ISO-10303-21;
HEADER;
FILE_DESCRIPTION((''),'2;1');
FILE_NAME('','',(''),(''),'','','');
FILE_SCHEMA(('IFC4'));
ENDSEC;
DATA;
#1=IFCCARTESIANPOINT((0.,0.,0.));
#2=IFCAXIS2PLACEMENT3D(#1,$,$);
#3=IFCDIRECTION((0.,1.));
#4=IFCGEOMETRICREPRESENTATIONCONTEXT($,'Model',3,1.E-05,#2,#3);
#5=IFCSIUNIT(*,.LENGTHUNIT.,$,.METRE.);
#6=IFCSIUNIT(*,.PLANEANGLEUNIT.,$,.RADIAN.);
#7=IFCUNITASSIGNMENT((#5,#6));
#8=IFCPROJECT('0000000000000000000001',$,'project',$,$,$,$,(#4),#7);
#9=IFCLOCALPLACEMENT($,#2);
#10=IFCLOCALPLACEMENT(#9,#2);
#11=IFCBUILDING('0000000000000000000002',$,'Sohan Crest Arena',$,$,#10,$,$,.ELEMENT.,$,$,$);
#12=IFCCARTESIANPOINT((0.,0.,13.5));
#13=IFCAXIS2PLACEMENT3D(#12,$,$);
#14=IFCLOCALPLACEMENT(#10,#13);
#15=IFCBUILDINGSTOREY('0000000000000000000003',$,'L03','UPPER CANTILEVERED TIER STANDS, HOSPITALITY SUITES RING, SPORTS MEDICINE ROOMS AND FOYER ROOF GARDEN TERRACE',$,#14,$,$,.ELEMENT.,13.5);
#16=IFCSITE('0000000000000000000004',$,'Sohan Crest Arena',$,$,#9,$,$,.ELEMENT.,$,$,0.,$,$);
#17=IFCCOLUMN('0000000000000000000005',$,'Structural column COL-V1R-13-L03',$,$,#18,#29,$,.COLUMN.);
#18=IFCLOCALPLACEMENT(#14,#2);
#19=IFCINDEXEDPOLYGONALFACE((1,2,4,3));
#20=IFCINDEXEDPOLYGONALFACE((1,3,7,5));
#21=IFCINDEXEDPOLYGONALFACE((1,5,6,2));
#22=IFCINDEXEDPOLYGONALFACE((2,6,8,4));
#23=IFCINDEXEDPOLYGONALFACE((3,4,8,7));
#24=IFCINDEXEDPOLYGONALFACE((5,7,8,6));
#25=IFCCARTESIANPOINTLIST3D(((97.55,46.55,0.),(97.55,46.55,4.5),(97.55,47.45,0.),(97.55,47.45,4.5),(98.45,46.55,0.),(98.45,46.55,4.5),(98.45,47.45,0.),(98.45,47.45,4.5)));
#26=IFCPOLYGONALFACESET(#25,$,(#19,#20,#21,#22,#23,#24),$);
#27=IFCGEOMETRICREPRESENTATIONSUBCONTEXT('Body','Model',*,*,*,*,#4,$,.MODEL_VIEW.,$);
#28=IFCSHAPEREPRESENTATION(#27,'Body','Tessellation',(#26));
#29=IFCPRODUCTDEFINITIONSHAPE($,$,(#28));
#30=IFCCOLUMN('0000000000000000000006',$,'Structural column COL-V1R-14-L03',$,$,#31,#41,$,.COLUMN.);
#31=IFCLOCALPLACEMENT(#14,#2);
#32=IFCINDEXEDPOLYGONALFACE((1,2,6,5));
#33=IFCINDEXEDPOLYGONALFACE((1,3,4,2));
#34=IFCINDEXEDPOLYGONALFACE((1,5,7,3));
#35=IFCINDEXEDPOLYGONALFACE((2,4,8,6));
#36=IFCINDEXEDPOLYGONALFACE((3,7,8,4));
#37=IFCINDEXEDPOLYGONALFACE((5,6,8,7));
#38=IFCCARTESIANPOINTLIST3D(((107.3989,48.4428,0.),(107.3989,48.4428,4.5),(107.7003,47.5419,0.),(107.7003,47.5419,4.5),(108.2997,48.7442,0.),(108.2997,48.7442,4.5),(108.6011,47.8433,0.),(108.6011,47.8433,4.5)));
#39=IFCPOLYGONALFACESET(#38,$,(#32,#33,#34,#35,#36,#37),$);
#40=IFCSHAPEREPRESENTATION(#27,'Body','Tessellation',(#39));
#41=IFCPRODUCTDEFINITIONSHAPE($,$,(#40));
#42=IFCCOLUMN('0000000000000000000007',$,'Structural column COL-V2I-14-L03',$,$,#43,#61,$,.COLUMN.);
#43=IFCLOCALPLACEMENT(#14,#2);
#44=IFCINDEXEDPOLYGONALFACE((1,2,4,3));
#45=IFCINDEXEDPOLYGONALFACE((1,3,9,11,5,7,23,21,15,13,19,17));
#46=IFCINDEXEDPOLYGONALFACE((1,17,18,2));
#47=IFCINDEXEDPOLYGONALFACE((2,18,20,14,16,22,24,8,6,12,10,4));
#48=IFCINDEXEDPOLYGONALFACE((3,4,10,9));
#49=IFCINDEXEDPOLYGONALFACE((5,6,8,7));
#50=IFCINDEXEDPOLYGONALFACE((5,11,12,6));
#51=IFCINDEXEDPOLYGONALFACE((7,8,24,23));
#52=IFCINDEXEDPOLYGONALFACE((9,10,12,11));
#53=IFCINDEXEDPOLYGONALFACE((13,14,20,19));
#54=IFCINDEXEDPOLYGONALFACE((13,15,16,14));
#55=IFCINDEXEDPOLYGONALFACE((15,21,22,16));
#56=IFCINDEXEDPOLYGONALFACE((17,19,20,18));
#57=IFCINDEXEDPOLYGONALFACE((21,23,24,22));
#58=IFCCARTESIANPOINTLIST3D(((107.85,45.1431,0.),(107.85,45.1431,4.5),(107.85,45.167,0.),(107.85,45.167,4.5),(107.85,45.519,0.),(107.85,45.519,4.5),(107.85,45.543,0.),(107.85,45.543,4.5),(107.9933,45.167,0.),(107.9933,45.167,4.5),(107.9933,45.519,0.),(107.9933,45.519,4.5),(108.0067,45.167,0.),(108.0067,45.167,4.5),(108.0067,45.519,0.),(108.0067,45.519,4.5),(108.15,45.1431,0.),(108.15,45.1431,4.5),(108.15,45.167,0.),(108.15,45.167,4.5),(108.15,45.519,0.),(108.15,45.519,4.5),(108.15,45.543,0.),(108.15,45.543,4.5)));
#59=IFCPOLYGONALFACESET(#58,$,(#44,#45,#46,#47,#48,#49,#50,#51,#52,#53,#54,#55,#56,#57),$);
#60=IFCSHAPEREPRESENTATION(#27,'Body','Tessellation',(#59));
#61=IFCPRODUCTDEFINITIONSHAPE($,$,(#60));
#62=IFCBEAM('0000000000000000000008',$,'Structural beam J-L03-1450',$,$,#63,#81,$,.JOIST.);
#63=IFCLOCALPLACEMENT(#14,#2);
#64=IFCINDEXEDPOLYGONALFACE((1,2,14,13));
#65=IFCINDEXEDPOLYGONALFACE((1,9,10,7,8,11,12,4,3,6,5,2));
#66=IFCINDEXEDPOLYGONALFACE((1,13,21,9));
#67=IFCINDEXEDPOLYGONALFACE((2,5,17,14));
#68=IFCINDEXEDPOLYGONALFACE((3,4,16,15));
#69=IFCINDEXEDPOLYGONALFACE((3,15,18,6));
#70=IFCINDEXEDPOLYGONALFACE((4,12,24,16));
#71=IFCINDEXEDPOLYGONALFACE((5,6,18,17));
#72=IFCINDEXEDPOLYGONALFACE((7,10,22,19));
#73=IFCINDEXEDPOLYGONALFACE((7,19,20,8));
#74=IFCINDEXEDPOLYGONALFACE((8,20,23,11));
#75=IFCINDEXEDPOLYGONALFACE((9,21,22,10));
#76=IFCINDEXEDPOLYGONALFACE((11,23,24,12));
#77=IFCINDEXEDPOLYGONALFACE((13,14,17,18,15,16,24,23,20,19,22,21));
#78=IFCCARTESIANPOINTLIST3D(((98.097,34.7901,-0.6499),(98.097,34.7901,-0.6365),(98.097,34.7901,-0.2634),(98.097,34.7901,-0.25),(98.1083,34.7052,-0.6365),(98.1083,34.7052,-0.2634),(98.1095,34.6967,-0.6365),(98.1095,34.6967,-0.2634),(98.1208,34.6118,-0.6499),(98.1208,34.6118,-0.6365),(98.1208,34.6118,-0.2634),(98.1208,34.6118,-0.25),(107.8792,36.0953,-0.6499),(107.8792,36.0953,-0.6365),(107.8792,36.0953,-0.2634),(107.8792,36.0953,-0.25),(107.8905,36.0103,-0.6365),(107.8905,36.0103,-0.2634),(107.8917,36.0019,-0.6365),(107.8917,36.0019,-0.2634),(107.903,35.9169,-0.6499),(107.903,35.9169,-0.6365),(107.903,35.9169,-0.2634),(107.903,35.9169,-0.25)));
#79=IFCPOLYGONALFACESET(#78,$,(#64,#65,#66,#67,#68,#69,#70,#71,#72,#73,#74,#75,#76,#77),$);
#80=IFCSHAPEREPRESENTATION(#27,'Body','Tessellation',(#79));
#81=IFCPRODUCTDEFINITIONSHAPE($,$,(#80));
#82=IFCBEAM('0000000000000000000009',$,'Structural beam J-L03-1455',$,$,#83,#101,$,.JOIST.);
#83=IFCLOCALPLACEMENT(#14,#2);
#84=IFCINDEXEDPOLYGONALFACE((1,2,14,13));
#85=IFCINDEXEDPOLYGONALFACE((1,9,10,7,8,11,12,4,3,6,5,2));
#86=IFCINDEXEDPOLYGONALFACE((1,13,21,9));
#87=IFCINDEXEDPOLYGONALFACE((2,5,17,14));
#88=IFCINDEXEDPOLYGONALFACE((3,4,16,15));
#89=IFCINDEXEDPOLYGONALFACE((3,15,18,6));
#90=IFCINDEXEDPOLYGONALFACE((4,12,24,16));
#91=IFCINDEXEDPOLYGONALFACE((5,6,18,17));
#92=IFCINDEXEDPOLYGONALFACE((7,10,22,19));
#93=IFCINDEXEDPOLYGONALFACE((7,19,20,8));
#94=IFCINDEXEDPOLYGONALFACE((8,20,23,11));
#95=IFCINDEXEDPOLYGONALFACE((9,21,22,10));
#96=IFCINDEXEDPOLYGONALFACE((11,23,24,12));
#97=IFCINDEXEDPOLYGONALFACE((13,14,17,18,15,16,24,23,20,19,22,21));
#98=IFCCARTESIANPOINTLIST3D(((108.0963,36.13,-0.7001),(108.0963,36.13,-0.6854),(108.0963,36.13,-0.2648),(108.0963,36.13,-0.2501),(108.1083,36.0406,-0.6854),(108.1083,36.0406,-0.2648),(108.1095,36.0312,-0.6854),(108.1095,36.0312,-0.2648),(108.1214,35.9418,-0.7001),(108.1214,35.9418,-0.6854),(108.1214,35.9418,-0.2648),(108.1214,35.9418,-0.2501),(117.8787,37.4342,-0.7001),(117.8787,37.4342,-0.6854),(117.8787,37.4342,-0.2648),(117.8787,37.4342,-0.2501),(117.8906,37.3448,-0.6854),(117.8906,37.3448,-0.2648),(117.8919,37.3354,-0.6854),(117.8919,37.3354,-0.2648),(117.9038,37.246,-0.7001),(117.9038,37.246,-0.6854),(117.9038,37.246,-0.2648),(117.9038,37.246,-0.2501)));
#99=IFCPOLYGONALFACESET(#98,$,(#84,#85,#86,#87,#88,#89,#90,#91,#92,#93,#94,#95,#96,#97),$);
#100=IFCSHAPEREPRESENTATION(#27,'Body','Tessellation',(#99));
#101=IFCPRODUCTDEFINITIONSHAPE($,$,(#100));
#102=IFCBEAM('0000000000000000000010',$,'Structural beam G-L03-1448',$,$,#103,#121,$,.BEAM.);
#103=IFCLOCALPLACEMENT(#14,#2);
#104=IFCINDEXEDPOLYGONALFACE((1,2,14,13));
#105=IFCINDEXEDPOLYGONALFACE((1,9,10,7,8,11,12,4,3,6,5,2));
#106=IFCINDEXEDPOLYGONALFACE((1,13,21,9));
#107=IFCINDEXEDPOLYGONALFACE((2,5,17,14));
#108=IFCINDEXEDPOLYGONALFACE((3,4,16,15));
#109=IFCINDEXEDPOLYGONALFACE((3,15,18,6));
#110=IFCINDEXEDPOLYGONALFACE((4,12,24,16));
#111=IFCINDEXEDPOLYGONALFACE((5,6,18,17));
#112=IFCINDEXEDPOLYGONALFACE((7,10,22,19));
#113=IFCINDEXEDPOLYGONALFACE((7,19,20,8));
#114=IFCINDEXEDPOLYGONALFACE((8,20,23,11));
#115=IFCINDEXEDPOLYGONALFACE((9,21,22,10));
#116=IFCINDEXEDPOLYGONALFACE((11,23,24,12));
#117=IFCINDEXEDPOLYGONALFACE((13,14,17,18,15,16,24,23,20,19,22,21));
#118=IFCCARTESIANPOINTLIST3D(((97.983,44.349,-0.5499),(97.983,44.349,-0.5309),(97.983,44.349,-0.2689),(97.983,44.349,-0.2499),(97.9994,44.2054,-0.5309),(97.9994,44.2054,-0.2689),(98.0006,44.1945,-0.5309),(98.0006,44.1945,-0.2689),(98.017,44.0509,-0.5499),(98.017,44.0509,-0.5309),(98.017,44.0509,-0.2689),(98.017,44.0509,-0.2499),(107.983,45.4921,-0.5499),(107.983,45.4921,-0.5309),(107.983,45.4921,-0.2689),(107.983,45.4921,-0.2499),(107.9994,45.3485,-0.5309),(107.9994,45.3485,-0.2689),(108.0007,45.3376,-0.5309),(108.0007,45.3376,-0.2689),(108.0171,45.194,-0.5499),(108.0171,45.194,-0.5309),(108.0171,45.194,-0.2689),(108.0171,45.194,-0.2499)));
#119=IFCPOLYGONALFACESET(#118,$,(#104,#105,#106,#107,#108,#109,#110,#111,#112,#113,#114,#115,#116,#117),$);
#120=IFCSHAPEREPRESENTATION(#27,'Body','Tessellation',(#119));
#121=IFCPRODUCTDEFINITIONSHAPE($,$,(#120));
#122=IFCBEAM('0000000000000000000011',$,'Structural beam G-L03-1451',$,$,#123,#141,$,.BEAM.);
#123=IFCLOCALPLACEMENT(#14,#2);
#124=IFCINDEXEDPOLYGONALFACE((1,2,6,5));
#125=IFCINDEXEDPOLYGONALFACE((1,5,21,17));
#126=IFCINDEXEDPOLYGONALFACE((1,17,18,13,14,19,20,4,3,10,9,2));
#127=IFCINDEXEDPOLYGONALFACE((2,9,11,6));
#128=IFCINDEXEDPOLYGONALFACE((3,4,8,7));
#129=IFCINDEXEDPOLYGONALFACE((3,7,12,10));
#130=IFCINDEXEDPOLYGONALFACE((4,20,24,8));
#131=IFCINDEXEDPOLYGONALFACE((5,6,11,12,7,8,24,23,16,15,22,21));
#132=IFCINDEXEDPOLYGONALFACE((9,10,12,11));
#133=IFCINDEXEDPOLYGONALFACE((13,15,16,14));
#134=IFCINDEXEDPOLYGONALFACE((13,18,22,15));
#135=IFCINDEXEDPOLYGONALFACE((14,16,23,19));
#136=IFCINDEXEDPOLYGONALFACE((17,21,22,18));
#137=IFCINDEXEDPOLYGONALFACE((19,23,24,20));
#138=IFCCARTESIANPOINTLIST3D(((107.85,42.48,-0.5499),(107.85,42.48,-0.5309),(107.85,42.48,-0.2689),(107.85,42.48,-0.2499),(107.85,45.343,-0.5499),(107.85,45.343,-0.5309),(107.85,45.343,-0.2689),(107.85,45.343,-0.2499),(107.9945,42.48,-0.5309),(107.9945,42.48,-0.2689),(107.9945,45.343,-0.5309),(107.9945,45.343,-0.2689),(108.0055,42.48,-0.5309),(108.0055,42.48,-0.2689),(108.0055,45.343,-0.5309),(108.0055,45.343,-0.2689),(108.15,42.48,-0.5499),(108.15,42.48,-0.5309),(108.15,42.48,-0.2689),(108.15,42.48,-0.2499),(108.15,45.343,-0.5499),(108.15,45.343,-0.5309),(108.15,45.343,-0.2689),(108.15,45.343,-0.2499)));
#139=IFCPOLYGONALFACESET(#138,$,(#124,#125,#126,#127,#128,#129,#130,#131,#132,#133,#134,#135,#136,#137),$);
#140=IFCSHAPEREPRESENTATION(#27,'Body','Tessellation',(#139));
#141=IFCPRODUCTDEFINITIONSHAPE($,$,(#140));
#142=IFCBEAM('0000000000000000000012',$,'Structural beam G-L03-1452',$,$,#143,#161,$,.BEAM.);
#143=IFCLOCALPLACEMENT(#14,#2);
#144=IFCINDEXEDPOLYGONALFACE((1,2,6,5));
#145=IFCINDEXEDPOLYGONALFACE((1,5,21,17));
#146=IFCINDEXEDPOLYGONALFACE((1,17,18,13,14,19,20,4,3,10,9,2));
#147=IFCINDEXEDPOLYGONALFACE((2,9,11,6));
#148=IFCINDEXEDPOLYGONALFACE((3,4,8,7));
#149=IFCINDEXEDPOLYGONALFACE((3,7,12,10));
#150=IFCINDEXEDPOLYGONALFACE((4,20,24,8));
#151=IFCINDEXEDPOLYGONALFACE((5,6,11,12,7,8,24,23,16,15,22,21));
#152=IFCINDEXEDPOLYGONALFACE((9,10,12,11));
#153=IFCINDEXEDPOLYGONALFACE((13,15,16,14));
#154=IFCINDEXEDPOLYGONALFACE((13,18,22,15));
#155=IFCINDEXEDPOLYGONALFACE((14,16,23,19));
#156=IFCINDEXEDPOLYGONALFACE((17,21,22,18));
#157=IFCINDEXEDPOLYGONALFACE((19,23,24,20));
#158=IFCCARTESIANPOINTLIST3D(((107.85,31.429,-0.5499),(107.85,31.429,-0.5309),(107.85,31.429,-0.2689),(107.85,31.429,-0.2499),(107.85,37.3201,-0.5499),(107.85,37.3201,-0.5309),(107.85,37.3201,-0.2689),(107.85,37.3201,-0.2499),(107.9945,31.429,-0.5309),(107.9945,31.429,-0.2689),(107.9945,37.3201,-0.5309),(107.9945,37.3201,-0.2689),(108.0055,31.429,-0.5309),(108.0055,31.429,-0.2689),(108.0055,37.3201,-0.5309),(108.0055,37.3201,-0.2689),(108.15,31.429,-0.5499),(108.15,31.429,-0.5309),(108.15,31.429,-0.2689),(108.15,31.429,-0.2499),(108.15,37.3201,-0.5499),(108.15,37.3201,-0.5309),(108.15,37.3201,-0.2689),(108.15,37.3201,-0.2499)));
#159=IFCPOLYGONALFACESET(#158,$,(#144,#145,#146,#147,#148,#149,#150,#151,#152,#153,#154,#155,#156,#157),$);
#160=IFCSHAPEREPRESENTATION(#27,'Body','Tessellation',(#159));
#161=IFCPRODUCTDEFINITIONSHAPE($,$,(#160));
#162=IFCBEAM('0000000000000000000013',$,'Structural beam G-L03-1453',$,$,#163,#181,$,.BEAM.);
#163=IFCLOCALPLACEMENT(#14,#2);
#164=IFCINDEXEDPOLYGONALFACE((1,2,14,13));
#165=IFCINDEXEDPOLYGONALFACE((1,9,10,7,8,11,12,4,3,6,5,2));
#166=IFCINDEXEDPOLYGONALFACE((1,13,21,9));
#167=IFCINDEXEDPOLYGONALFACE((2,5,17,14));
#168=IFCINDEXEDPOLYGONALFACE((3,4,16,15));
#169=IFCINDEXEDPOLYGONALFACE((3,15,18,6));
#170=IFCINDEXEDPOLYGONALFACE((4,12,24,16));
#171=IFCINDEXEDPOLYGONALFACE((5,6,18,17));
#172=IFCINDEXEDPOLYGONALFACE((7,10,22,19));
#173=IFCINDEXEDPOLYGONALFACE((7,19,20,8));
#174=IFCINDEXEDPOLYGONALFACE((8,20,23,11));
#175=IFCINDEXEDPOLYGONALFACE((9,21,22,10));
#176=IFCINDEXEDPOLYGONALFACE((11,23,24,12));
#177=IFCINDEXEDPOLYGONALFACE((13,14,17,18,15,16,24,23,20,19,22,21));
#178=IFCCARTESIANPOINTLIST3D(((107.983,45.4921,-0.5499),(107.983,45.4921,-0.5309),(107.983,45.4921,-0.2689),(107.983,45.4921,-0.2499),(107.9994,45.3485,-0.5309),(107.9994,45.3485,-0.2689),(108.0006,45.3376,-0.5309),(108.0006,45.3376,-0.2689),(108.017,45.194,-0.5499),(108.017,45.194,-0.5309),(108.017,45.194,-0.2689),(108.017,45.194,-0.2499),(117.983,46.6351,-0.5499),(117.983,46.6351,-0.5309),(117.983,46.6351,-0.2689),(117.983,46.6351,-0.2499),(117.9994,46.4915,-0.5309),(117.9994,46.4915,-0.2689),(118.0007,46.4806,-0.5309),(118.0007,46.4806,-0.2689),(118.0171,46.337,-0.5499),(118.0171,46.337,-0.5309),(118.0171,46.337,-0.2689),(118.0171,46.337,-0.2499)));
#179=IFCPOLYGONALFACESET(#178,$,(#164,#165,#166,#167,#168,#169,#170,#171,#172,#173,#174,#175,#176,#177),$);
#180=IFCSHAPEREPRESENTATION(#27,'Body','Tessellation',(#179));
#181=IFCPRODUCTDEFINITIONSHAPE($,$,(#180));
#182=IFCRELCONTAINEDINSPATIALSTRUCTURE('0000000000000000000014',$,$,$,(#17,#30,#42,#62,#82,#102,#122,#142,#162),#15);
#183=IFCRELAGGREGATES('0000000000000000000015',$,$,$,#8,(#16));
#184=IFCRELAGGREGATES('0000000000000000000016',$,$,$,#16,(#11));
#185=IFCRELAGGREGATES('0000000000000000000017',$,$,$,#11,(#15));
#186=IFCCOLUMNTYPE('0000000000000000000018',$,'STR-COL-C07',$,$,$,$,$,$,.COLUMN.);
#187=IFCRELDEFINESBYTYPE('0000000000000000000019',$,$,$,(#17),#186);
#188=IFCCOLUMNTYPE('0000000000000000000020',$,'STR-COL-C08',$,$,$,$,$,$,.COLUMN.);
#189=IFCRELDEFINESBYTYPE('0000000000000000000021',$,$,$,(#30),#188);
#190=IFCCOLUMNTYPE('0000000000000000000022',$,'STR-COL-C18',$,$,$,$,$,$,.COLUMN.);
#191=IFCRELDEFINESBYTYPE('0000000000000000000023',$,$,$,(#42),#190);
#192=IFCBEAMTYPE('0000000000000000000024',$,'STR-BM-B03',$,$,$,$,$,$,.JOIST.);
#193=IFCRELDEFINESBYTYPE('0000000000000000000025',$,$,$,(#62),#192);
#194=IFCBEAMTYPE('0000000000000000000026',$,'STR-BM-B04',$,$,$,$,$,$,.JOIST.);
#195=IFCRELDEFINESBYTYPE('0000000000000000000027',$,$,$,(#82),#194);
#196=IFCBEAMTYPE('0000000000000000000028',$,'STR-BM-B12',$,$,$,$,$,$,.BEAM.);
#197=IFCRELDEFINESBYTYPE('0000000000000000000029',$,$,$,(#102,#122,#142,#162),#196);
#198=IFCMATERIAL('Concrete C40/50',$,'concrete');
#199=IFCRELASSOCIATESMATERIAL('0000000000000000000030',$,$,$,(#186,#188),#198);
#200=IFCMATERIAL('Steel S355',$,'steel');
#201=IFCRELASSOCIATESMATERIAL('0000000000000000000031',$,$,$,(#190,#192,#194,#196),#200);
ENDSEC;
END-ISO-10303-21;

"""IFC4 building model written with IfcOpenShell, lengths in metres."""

from ifc_helpers import new_model, si_unit, direction, frame, origin, origin_2d, place, context, subcontext, project, spatial, rectangle, i_section, extrude, material, material_profile, profile_set, type_object, element, save


model = new_model("IFC4")

# Units and contexts
model_context = context("Model", 3, precision=1e-05, world=origin(), true_north=direction((0.0, 1.0)))
body_context = subcontext(model_context, "Body", "Model", "MODEL_VIEW")
ifc_project = project(units=[si_unit("LENGTHUNIT", "METRE"), si_unit("PLANEANGLEUNIT", "RADIAN")], contexts=[model_context])

# Site, building, storey
site_placement = place(None, origin())
site = spatial("IfcSite", under=ifc_project, at=site_placement, Name="Sohan Crest Arena", CompositionType="ELEMENT", RefElevation=0.0)
building_placement = place(site_placement, origin())
building = spatial("IfcBuilding", under=site, at=building_placement, Name="Sohan Crest Arena", CompositionType="ELEMENT")
storey_placement = place(building_placement, frame((0.0, 0.0, 13.5)))
storey = spatial("IfcBuildingStorey", under=building, at=storey_placement, Name="L03", Description="UPPER CANTILEVERED TIER STANDS, HOSPITALITY SUITES RING, SPORTS MEDICINE ROOMS AND FOYER ROOF GARDEN TERRACE", CompositionType="ELEMENT", Elevation=13.5)

# Columns
ifc_material_1 = material(Name="Concrete C40/50", Category="concrete")
ifc_material_profile_1 = material_profile(ifc_material_1, rectangle(XDim=0.8999, YDim=0.8999, at=origin_2d()), Name="RC 900x900")
ifc_profile_set_1 = profile_set([ifc_material_profile_1], Name="Concrete C40/50")
column_type_1 = type_object("IfcColumnType", Name="STR-COL-C07", PredefinedType="COLUMN", material=ifc_profile_set_1)
column_1_placement = place(storey_placement, frame((98.0, 47.0, 0.0), z_axis=(0.0, 0.0, 1.0), x_axis=(0.0, 1.0, 0.0)))
element("IfcColumn", 1, at=column_1_placement, inside=storey, type_object=column_type_1, Name="Structural column COL-V1R-13-L03", PredefinedType="COLUMN", context=body_context, shape_type="SweptSolid", body=[
    extrude(rectangle(XDim=0.8999, YDim=0.8999, at=origin_2d()), origin(), (0.0, 0.0, 1.0), 4.5),
])
ifc_material_profile_2 = material_profile(ifc_material_1, rectangle(XDim=0.95, YDim=0.95, at=origin_2d()), Name="RC 950x950")
ifc_profile_set_2 = profile_set([ifc_material_profile_2], Name="Concrete C40/50")
column_type_2 = type_object("IfcColumnType", Name="STR-COL-C08", PredefinedType="COLUMN", material=ifc_profile_set_2)
column_2_placement = place(storey_placement, frame((108.0, 48.1431, 0.0), z_axis=(0.0, 0.0, 1.0), x_axis=(-0.317305, 0.948324, 0.0)))
element("IfcColumn", 2, at=column_2_placement, inside=storey, type_object=column_type_2, Name="Structural column COL-V1R-14-L03", PredefinedType="COLUMN", context=body_context, shape_type="SweptSolid", body=[
    extrude(rectangle(XDim=0.95, YDim=0.95, at=origin_2d()), origin(), (0.0, 0.0, 1.0), 4.5),
])
ifc_material_2 = material(Name="Steel S355", Category="steel")
ifc_material_profile_3 = material_profile(ifc_material_2, i_section(OverallWidth=0.3, OverallDepth=0.3999, WebThickness=0.0134, FlangeThickness=0.0239, at=origin_2d()), Name="HEB 400")
ifc_profile_set_3 = profile_set([ifc_material_profile_3], Name="Steel S355")
column_type_3 = type_object("IfcColumnType", Name="STR-COL-C18", PredefinedType="COLUMN", material=ifc_profile_set_3)
column_3_placement = place(storey_placement, frame((108.0, 45.343, 0.0), z_axis=(0.0, 0.0, 1.0), x_axis=(1.0, 0.0, 0.0)))
element("IfcColumn", 3, at=column_3_placement, inside=storey, type_object=column_type_3, Name="Structural column COL-V2I-14-L03", PredefinedType="COLUMN", context=body_context, shape_type="SweptSolid", body=[
    extrude(i_section(OverallWidth=0.3, OverallDepth=0.3999, WebThickness=0.0134, FlangeThickness=0.0239, at=origin_2d()), origin(), (0.0, 0.0, 1.0), 4.5),
])

# Beams
ifc_material_profile_4 = material_profile(ifc_material_2, i_section(OverallWidth=0.1799, OverallDepth=0.3999, WebThickness=0.0085, FlangeThickness=0.0134, at=origin_2d()), Name="IPE 400")
ifc_profile_set_4 = profile_set([ifc_material_profile_4], Name="Steel S355")
beam_type_1 = type_object("IfcBeamType", Name="STR-BM-B03", PredefinedType="JOIST", material=ifc_profile_set_4)
beam_1_placement = place(storey_placement, frame((98.1089, 34.7009, -0.45), z_axis=(0.991216, 0.132251, 0.0), x_axis=(-0.132251, 0.991216, 0.0)))
element("IfcBeam", 4, at=beam_1_placement, inside=storey, type_object=beam_type_1, Name="Structural beam J-L03-1450", PredefinedType="JOIST", context=body_context, shape_type="SweptSolid", body=[
    extrude(i_section(OverallWidth=0.1799, OverallDepth=0.3999, WebThickness=0.0085, FlangeThickness=0.0134, at=origin_2d()), origin(), (0.0, 0.0, 1.0), 9.8689),
])
ifc_material_profile_5 = material_profile(ifc_material_2, i_section(OverallWidth=0.1899, OverallDepth=0.45, WebThickness=0.0095, FlangeThickness=0.0146, at=origin_2d()), Name="IPE 450")
ifc_profile_set_5 = profile_set([ifc_material_profile_5], Name="Steel S355")
beam_type_2 = type_object("IfcBeamType", Name="STR-BM-B04", PredefinedType="JOIST", material=ifc_profile_set_5)
beam_2_placement = place(storey_placement, frame((108.1089, 36.0359, -0.4751), z_axis=(0.991229, 0.132154, 0.0), x_axis=(-0.132154, 0.991229, 0.0)))
element("IfcBeam", 5, at=beam_2_placement, inside=storey, type_object=beam_type_2, Name="Structural beam J-L03-1455", PredefinedType="JOIST", context=body_context, shape_type="SweptSolid", body=[
    extrude(i_section(OverallWidth=0.1899, OverallDepth=0.45, WebThickness=0.0095, FlangeThickness=0.0146, at=origin_2d()), origin(), (0.0, 0.0, 1.0), 9.8689),
])
ifc_material_profile_6 = material_profile(ifc_material_2, i_section(OverallWidth=0.3, OverallDepth=0.3, WebThickness=0.011, FlangeThickness=0.019, at=origin_2d()), Name="HEB 300")
ifc_profile_set_6 = profile_set([ifc_material_profile_6], Name="Steel S355")
beam_type_3 = type_object("IfcBeamType", Name="STR-BM-B12", PredefinedType="BEAM", material=ifc_profile_set_6)
beam_3_placement = place(storey_placement, frame((98.0, 44.2, -0.3999), z_axis=(0.99353, 0.113567, 0.0), x_axis=(-0.113567, 0.99353, 0.0)))
element("IfcBeam", 6, at=beam_3_placement, inside=storey, type_object=beam_type_3, Name="Structural beam G-L03-1448", PredefinedType="BEAM", context=body_context, shape_type="SweptSolid", body=[
    extrude(i_section(OverallWidth=0.3, OverallDepth=0.3, WebThickness=0.011, FlangeThickness=0.019, at=origin_2d()), origin(), (0.0, 0.0, 1.0), 10.0652),
])
beam_4_placement = place(storey_placement, frame((108.0, 45.343, -0.3999), z_axis=(0.0, -1.0, 0.0), x_axis=(1.0, 0.0, 0.0)))
element("IfcBeam", 7, at=beam_4_placement, inside=storey, type_object=beam_type_3, Name="Structural beam G-L03-1451", PredefinedType="BEAM", context=body_context, shape_type="SweptSolid", body=[
    extrude(i_section(OverallWidth=0.3, OverallDepth=0.3, WebThickness=0.011, FlangeThickness=0.019, at=origin_2d()), origin(), (0.0, 0.0, 1.0), 2.863),
])
beam_5_placement = place(storey_placement, frame((108.0, 37.3201, -0.3999), z_axis=(0.0, -1.0, 0.0), x_axis=(1.0, 0.0, 0.0)))
element("IfcBeam", 8, at=beam_5_placement, inside=storey, type_object=beam_type_3, Name="Structural beam G-L03-1452", PredefinedType="BEAM", context=body_context, shape_type="SweptSolid", body=[
    extrude(i_section(OverallWidth=0.3, OverallDepth=0.3, WebThickness=0.011, FlangeThickness=0.019, at=origin_2d()), origin(), (0.0, 0.0, 1.0), 5.8911),
])
beam_6_placement = place(storey_placement, frame((108.0, 45.343, -0.3999), z_axis=(0.99353, 0.113567, 0.0), x_axis=(-0.113567, 0.99353, 0.0)))
element("IfcBeam", 9, at=beam_6_placement, inside=storey, type_object=beam_type_3, Name="Structural beam G-L03-1453", PredefinedType="BEAM", context=body_context, shape_type="SweptSolid", body=[
    extrude(i_section(OverallWidth=0.3, OverallDepth=0.3, WebThickness=0.011, FlangeThickness=0.019, at=origin_2d()), origin(), (0.0, 0.0, 1.0), 10.0652),
])

save(model, "model.ifc")
